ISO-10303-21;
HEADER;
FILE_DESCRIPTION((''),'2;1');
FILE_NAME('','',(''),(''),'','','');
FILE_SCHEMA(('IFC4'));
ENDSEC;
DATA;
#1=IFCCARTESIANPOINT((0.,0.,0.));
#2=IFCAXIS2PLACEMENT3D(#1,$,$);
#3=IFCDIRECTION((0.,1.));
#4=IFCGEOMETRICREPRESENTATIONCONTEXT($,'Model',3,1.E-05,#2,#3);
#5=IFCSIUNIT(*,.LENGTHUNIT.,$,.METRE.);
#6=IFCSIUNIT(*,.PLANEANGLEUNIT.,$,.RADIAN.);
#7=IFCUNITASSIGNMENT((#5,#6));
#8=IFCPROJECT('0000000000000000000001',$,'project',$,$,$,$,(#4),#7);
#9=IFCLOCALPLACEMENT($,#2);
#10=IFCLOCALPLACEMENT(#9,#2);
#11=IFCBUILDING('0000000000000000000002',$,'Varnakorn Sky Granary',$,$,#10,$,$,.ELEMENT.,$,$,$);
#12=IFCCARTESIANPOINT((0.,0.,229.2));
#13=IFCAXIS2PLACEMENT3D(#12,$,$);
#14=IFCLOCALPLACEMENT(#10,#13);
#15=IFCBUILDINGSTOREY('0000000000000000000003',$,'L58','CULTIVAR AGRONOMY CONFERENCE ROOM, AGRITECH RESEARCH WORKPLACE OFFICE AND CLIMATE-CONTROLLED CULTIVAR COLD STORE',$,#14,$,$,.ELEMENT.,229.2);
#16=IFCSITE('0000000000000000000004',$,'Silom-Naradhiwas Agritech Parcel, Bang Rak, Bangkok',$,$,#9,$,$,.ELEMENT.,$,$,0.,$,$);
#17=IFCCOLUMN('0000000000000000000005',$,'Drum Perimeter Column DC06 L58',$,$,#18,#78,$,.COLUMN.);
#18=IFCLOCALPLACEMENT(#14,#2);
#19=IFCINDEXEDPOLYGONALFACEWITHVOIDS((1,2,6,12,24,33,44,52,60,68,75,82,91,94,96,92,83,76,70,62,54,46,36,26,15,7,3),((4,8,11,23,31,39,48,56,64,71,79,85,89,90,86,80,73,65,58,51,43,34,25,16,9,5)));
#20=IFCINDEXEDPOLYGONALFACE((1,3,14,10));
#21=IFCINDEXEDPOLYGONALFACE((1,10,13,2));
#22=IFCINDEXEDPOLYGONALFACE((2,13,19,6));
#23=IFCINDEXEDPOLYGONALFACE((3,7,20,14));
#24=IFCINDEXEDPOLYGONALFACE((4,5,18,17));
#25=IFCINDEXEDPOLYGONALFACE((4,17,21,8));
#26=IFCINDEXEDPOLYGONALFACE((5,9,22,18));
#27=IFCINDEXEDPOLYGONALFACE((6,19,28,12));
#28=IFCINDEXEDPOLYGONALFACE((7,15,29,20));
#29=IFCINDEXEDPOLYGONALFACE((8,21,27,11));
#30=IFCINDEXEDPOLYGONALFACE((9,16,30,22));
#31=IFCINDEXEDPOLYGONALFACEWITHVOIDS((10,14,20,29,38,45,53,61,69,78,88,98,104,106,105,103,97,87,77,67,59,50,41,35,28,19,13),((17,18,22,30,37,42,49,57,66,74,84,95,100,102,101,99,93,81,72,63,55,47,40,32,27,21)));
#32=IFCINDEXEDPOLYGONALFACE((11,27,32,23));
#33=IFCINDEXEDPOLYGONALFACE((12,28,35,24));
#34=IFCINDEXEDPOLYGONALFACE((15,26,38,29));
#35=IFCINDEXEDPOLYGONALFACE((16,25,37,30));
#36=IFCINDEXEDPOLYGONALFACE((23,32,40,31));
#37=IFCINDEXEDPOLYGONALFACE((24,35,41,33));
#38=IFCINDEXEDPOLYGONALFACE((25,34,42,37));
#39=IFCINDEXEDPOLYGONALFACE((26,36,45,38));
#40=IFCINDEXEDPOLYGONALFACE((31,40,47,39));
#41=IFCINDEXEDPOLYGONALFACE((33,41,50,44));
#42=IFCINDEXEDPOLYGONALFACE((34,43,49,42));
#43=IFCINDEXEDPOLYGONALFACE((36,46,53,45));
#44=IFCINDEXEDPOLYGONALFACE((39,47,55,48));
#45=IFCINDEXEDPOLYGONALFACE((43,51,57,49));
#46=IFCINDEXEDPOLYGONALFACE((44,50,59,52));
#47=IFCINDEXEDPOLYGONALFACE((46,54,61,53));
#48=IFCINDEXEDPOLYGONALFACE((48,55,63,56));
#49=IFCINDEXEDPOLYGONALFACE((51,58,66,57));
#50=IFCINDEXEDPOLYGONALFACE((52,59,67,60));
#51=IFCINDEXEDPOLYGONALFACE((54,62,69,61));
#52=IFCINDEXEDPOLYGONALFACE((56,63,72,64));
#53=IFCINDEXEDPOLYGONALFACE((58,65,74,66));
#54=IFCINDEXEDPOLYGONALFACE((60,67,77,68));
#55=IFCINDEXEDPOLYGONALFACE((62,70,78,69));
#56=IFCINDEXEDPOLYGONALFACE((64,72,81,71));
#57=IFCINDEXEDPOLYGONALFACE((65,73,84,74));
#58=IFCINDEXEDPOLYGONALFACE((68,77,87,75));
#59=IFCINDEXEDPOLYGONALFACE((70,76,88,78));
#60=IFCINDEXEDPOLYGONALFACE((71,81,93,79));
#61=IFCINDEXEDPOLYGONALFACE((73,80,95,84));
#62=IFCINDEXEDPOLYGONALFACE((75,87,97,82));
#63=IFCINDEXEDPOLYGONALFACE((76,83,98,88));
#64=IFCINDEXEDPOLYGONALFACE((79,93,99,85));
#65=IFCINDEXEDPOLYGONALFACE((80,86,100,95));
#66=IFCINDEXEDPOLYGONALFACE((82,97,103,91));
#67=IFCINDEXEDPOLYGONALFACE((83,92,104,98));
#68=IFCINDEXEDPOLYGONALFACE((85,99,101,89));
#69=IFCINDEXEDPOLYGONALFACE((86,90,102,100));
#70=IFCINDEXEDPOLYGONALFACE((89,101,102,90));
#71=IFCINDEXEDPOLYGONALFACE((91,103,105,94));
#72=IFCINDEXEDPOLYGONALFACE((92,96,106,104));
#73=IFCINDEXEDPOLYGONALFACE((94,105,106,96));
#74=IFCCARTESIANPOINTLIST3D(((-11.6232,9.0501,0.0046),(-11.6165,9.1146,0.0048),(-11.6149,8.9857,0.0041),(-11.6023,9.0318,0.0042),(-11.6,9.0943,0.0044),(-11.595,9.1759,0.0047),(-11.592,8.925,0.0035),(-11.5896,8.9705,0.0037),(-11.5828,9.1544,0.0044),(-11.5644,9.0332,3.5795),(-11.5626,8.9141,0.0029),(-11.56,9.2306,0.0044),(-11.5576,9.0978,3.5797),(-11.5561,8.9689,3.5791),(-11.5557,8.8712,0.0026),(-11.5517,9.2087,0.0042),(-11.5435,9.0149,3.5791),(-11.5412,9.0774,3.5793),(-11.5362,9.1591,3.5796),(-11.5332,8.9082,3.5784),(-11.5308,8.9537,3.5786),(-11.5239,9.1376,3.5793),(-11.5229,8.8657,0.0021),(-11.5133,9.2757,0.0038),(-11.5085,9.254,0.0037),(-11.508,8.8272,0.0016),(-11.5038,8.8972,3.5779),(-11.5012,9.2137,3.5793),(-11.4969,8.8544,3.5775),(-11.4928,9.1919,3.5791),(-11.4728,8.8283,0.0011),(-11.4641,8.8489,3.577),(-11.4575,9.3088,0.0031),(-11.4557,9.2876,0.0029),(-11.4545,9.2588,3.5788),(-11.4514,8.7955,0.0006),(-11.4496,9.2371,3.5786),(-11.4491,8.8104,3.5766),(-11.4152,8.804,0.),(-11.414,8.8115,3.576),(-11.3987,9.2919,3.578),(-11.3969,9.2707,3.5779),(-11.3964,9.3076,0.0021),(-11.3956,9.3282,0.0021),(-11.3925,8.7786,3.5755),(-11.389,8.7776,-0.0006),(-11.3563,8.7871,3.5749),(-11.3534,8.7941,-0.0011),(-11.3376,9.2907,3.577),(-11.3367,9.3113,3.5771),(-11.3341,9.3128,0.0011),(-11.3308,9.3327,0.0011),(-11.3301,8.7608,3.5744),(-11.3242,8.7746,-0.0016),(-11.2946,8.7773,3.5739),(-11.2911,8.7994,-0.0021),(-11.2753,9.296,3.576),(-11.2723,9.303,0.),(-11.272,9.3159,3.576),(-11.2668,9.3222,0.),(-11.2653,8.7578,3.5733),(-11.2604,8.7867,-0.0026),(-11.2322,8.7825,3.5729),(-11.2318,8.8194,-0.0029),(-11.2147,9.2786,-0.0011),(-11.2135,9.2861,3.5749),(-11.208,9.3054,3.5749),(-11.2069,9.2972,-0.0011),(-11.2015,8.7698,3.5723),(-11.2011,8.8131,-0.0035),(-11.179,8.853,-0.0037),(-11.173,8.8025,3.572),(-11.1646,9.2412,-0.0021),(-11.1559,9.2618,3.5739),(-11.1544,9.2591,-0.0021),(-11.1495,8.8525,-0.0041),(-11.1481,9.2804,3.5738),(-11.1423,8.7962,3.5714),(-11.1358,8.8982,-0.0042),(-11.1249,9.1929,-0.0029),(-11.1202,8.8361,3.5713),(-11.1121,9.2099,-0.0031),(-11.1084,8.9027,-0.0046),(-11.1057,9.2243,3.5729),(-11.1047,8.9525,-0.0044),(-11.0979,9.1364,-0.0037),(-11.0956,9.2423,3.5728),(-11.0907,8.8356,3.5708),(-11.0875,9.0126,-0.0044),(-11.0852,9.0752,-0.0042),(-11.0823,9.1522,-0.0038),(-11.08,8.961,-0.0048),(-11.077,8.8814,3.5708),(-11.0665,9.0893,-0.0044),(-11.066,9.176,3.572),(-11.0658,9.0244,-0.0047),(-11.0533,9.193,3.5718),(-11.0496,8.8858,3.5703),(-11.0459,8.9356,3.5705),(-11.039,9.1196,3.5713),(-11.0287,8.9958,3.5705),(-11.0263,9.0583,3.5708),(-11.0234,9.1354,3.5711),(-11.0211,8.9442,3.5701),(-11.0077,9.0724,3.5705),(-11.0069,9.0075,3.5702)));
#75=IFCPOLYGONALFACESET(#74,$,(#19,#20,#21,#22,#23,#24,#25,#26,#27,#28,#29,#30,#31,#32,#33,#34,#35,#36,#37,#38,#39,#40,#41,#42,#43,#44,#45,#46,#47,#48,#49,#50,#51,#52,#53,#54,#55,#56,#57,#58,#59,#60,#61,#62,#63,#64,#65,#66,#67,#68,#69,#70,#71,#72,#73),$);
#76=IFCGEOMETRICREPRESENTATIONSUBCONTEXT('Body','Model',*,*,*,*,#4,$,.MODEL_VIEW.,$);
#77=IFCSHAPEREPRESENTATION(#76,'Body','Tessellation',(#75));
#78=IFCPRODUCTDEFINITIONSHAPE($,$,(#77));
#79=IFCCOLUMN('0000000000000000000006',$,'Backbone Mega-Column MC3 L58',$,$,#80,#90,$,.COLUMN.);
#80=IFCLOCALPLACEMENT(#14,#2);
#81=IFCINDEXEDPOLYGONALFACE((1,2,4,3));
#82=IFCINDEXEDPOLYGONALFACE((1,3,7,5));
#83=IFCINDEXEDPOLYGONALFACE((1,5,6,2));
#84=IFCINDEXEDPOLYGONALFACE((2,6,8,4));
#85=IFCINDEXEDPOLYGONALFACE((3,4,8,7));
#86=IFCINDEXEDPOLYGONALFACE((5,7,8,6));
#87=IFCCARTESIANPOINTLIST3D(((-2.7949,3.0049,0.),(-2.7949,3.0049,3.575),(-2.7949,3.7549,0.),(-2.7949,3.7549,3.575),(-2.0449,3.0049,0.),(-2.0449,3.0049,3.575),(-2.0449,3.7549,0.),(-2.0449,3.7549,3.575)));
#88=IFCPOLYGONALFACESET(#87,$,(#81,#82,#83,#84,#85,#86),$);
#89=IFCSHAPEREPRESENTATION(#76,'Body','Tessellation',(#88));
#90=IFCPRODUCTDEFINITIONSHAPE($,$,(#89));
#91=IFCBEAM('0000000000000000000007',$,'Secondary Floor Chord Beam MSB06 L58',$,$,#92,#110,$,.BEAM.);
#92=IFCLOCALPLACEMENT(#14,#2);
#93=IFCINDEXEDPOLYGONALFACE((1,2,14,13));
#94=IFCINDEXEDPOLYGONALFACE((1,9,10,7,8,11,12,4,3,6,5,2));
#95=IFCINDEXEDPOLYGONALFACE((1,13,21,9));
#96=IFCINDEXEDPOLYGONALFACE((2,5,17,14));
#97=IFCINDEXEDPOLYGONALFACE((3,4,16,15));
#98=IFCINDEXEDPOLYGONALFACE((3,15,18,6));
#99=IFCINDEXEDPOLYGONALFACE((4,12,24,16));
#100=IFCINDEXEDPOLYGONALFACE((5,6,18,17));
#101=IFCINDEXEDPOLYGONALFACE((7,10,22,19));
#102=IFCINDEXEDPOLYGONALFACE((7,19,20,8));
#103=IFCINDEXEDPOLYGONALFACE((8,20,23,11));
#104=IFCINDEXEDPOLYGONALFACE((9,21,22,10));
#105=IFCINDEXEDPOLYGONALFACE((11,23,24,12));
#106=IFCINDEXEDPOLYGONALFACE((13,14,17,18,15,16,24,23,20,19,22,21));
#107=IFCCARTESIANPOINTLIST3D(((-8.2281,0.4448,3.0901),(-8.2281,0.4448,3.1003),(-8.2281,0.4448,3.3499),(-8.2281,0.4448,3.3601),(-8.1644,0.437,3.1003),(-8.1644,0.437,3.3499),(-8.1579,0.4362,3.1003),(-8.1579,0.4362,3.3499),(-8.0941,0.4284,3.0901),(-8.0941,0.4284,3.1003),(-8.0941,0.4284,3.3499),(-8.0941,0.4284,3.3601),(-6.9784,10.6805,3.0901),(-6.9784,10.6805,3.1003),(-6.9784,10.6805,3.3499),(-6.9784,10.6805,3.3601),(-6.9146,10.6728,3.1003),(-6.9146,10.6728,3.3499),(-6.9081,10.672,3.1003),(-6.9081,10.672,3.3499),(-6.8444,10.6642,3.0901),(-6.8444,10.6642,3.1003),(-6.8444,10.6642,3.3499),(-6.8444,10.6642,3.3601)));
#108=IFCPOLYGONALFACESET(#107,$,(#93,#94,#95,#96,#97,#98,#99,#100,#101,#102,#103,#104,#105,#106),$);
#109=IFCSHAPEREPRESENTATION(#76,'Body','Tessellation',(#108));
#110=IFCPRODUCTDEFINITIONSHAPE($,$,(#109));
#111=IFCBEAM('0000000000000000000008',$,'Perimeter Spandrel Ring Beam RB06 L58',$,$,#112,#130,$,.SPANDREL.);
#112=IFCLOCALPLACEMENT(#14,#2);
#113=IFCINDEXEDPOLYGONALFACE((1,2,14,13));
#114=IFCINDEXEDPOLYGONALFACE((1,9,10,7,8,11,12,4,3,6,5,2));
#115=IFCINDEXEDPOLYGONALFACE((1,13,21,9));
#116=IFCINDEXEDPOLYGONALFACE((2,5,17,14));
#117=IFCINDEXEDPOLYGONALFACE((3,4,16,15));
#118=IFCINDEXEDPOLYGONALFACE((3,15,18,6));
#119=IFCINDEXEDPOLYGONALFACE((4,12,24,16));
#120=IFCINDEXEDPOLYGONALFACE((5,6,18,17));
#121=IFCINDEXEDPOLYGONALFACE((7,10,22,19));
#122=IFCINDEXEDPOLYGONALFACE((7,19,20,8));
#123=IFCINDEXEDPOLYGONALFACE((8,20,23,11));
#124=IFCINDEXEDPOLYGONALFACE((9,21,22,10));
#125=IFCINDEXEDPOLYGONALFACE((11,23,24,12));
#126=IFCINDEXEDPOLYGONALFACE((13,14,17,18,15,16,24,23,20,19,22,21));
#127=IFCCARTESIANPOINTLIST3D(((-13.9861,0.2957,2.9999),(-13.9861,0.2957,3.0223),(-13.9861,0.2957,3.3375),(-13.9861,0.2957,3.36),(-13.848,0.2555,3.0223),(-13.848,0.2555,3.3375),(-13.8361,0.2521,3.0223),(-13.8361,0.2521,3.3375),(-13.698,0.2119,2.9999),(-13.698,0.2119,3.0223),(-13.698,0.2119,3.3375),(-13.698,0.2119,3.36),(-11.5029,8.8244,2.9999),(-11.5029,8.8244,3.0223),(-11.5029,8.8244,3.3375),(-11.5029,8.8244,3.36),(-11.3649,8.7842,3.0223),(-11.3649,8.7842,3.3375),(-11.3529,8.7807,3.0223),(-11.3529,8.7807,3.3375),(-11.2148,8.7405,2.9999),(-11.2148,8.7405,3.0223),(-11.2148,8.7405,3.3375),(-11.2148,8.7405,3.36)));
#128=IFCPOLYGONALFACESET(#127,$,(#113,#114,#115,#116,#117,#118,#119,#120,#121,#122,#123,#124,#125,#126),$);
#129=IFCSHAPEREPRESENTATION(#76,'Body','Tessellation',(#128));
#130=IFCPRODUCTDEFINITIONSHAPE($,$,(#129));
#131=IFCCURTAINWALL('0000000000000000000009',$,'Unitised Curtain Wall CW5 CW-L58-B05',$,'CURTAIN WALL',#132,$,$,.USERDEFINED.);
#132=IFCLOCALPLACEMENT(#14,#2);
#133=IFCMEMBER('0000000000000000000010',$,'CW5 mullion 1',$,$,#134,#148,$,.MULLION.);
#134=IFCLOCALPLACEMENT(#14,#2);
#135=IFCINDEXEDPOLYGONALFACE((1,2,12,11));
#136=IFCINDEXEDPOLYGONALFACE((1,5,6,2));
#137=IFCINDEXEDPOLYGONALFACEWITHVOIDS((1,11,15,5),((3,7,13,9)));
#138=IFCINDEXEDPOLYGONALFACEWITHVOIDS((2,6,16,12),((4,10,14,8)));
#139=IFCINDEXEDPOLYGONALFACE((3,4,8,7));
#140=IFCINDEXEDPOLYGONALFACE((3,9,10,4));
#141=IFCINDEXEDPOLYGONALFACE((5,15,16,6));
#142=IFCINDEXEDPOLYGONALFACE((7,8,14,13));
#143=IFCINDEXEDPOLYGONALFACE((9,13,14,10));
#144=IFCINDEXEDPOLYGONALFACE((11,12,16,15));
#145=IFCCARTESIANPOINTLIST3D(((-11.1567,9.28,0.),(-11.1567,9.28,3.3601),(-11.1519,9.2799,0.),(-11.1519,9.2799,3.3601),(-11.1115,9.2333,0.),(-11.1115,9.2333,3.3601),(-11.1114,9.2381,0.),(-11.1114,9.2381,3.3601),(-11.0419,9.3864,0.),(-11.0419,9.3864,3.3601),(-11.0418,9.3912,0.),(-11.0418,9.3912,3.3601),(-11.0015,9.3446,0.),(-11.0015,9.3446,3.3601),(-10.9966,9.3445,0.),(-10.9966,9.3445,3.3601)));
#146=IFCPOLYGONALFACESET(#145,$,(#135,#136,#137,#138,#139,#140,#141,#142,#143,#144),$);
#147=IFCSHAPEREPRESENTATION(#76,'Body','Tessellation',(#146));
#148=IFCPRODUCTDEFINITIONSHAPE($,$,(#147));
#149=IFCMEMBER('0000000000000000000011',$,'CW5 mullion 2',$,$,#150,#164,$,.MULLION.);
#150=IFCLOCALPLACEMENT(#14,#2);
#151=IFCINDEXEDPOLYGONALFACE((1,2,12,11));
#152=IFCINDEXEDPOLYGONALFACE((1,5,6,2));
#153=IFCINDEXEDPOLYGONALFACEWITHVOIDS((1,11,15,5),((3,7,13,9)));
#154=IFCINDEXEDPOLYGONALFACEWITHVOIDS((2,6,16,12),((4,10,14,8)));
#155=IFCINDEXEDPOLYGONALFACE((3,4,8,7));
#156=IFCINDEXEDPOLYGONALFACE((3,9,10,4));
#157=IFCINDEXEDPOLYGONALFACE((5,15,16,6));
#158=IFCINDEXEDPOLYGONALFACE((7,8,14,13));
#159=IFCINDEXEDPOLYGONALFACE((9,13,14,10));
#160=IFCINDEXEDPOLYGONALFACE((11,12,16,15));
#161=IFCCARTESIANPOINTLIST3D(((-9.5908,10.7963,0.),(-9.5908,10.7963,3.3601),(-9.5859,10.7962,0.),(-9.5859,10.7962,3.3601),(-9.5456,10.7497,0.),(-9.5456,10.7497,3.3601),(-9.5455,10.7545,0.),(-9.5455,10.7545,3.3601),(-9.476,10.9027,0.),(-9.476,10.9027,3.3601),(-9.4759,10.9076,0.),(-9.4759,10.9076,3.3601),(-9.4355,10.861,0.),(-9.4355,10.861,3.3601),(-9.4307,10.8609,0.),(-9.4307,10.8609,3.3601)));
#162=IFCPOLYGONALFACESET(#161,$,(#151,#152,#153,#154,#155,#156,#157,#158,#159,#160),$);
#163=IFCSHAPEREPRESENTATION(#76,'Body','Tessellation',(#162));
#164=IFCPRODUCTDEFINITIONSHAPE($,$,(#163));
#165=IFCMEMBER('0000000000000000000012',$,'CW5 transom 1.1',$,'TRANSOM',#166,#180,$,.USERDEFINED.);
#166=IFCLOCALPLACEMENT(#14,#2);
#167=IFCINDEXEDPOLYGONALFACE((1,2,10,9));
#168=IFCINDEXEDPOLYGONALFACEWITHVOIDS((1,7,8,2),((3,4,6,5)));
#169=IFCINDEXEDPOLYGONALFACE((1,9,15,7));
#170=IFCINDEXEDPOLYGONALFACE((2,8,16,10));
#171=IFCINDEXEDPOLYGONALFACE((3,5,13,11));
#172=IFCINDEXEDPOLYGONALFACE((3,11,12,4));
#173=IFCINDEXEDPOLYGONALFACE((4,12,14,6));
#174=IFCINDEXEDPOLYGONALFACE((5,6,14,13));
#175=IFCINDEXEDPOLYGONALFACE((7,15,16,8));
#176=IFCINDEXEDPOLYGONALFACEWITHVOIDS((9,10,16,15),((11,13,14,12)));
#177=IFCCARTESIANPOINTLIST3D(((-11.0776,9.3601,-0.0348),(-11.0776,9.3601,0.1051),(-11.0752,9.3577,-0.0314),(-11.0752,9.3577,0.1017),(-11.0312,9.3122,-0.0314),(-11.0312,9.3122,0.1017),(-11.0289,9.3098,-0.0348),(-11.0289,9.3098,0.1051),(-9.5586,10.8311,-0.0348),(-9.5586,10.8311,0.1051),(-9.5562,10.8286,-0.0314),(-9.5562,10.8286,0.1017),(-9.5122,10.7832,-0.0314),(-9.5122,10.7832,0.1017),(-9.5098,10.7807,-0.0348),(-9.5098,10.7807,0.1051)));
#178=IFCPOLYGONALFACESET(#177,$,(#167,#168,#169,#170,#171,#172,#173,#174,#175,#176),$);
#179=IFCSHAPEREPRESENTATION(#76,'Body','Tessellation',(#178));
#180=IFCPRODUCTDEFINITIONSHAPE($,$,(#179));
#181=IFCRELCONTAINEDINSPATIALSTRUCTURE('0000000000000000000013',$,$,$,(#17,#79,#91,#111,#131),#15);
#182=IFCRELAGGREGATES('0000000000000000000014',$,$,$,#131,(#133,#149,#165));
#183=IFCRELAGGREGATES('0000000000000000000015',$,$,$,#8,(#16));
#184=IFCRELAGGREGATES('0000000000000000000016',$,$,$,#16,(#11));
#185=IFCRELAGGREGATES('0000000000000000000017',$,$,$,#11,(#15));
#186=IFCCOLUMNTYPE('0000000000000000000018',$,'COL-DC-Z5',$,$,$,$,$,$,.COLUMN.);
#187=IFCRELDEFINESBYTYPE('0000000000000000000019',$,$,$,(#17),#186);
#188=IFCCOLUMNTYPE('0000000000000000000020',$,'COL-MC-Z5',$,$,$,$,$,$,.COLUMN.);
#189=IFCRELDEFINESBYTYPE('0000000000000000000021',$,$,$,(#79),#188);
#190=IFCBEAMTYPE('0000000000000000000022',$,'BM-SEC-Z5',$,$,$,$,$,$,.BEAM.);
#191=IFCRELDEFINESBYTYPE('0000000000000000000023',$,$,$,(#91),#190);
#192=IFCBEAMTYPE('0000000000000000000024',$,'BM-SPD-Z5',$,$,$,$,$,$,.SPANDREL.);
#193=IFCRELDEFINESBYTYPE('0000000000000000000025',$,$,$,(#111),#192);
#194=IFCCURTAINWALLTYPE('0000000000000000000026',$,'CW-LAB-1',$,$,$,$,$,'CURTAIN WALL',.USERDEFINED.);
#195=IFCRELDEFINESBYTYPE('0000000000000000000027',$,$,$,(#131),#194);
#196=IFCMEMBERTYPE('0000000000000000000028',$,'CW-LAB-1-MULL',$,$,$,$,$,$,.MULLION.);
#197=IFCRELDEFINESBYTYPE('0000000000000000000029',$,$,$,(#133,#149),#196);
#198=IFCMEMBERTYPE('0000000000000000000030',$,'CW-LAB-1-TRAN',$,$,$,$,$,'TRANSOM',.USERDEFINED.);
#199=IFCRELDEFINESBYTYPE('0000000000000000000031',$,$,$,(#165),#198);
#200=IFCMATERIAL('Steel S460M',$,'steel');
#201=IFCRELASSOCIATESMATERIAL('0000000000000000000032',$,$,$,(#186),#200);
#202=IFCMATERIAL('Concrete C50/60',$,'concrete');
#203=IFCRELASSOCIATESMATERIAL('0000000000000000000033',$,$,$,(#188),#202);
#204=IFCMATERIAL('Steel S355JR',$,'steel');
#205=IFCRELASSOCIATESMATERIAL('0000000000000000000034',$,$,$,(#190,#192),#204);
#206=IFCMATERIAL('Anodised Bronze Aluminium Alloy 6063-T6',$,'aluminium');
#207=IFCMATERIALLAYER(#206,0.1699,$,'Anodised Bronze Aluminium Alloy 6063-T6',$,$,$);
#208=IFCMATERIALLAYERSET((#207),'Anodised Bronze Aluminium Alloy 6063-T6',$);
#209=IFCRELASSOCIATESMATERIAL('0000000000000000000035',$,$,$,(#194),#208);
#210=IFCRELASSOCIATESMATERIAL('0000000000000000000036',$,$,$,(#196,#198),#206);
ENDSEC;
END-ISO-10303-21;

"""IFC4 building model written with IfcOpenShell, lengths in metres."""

from ifc_helpers import new_model, si_unit, direction, frame, origin, origin_2d, place, context, subcontext, project, spatial, rectangle, hollow_rectangle, hollow_circle, i_section, extrude, material, layer, layer_set, material_profile, profile_set, type_object, element, aggregate, save


model = new_model("IFC4")

# Units and contexts
model_context = context("Model", 3, precision=1e-05, world=origin(), true_north=direction((0.0, 1.0)))
body_context = subcontext(model_context, "Body", "Model", "MODEL_VIEW")
ifc_project = project(units=[si_unit("LENGTHUNIT", "METRE"), si_unit("PLANEANGLEUNIT", "RADIAN")], contexts=[model_context])

# Site, building, storey
site_placement = place(None, origin())
site = spatial("IfcSite", under=ifc_project, at=site_placement, Name="Silom-Naradhiwas Agritech Parcel, Bang Rak, Bangkok", CompositionType="ELEMENT", RefElevation=0.0)
building_placement = place(site_placement, origin())
building = spatial("IfcBuilding", under=site, at=building_placement, Name="Varnakorn Sky Granary", CompositionType="ELEMENT")
storey_placement = place(building_placement, frame((0.0, 0.0, 229.2)))
storey = spatial("IfcBuildingStorey", under=building, at=storey_placement, Name="L58", Description="CULTIVAR AGRONOMY CONFERENCE ROOM, AGRITECH RESEARCH WORKPLACE OFFICE AND CLIMATE-CONTROLLED CULTIVAR COLD STORE", CompositionType="ELEMENT", Elevation=229.2)

# Columns
ifc_material_1 = material(Name="Steel S460M", Category="steel")
ifc_material_profile_1 = material_profile(ifc_material_1, hollow_circle(Radius=0.2795, WallThickness=0.02, at=origin_2d()), Name="CHS 559x20")
ifc_profile_set_1 = profile_set([ifc_material_profile_1], Name="Steel S460M")
column_type_1 = type_object("IfcColumnType", Name="COL-DC-Z5", PredefinedType="COLUMN", material=ifc_profile_set_1)
column_1_placement = place(storey_placement, frame((-11.3438, 9.0535, 0.0), z_axis=(0.016456, -0.004711, 0.999853), x_axis=(0.275248, 0.961373, 0.0)))
element("IfcColumn", 1, at=column_1_placement, inside=storey, type_object=column_type_1, Name="Drum Perimeter Column DC06 L58", PredefinedType="COLUMN", context=body_context, shape_type="SweptSolid", body=[
    extrude(hollow_circle(Radius=0.2795, WallThickness=0.02, at=origin_2d()), origin(), (0.0, 0.0, 1.0), 3.5754),
])
ifc_material_2 = material(Name="Concrete C50/60", Category="concrete")
ifc_material_profile_2 = material_profile(ifc_material_2, rectangle(XDim=0.75, YDim=0.75, at=origin_2d()), Name="RC 750x750")
ifc_profile_set_2 = profile_set([ifc_material_profile_2], Name="Concrete C50/60")
column_type_2 = type_object("IfcColumnType", Name="COL-MC-Z5", PredefinedType="COLUMN", material=ifc_profile_set_2)
column_2_placement = place(storey_placement, frame((-2.4199, 3.3799, 0.0), z_axis=(0.0, 0.0, 1.0), x_axis=(1.0, 0.0, 0.0)))
element("IfcColumn", 2, at=column_2_placement, inside=storey, type_object=column_type_2, Name="Backbone Mega-Column MC3 L58", PredefinedType="COLUMN", context=body_context, shape_type="SweptSolid", body=[
    extrude(rectangle(XDim=0.75, YDim=0.75, at=origin_2d()), origin(), (0.0, 0.0, 1.0), 3.575),
])

# Beams
ifc_material_3 = material(Name="Steel S355JR", Category="steel")
ifc_material_profile_3 = material_profile(ifc_material_3, i_section(OverallWidth=0.135, OverallDepth=0.27, WebThickness=0.0066, FlangeThickness=0.0103, at=origin_2d()), Name="IPE 270")
ifc_profile_set_3 = profile_set([ifc_material_profile_3], Name="Steel S355JR")
beam_type_1 = type_object("IfcBeamType", Name="BM-SEC-Z5", PredefinedType="BEAM", material=ifc_profile_set_3)
beam_1_placement = place(storey_placement, frame((-6.9114, 10.6724, 3.2251), z_axis=(-0.121196, -0.992629, 0.0), x_axis=(0.992629, -0.121196, 0.0)))
element("IfcBeam", 3, at=beam_1_placement, inside=storey, type_object=beam_type_1, Name="Secondary Floor Chord Beam MSB06 L58", PredefinedType="BEAM", context=body_context, shape_type="SweptSolid", body=[
    extrude(i_section(OverallWidth=0.135, OverallDepth=0.27, WebThickness=0.0066, FlangeThickness=0.0103, at=origin_2d()), origin(), (0.0, 0.0, 1.0), 10.3118),
])
ifc_material_profile_4 = material_profile(ifc_material_3, i_section(OverallWidth=0.3, OverallDepth=0.3601, WebThickness=0.0125, FlangeThickness=0.0225, at=origin_2d()), Name="HE 360 B")
ifc_profile_set_4 = profile_set([ifc_material_profile_4], Name="Steel S355JR")
beam_type_2 = type_object("IfcBeamType", Name="BM-SPD-Z5", PredefinedType="SPANDREL", material=ifc_profile_set_4)
beam_2_placement = place(storey_placement, frame((-11.3589, 8.7825, 3.1799), z_axis=(-0.279549, -0.960131, 0.0), x_axis=(0.960131, -0.279549, 0.0)))
element("IfcBeam", 4, at=beam_2_placement, inside=storey, type_object=beam_type_2, Name="Perimeter Spandrel Ring Beam RB06 L58", PredefinedType="SPANDREL", context=body_context, shape_type="SweptSolid", body=[
    extrude(i_section(OverallWidth=0.3, OverallDepth=0.3601, WebThickness=0.0125, FlangeThickness=0.0225, at=origin_2d()), origin(), (0.0, 0.0, 1.0), 8.8828),
])

# Curtain wall, members
ifc_material_4 = material(Name="Anodised Bronze Aluminium Alloy 6063-T6", Category="aluminium")
ifc_layer_1 = layer(ifc_material_4, 0.1699, Name="Anodised Bronze Aluminium Alloy 6063-T6")
ifc_layer_set_1 = layer_set([ifc_layer_1], Name="Anodised Bronze Aluminium Alloy 6063-T6")
curtain_wall_type = type_object("IfcCurtainWallType", Name="CW-LAB-1", ElementType="CURTAIN WALL", PredefinedType="USERDEFINED", material=ifc_layer_set_1)
curtain_wall_placement = place(storey_placement, origin())
curtain_wall = element("IfcCurtainWall", 5, at=curtain_wall_placement, inside=storey, type_object=curtain_wall_type, Name="Unitised Curtain Wall CW5 CW-L58-B05", ObjectType="CURTAIN WALL", PredefinedType="USERDEFINED")
ifc_material_profile_5 = material_profile(ifc_material_4, hollow_rectangle(XDim=0.0649, YDim=0.1599, WallThickness=0.0034, at=origin_2d()), Name="ALU MULL 65x160")
ifc_profile_set_5 = profile_set([ifc_material_profile_5], Name="Anodised Bronze Aluminium Alloy 6063-T6")
member_type_1 = type_object("IfcMemberType", Name="CW-LAB-1-MULL", PredefinedType="MULLION", material=ifc_profile_set_5)
member_1_placement = place(storey_placement, frame((-11.0767, 9.3123, 0.0), z_axis=(0.0, 0.0, 1.0), x_axis=(-0.69564, 0.71839, 0.0)))
member_1 = element("IfcMember", 6, at=member_1_placement, type_object=member_type_1, Name="CW5 mullion 1", PredefinedType="MULLION", context=body_context, shape_type="SweptSolid", body=[
    extrude(hollow_rectangle(XDim=0.0649, YDim=0.1599, WallThickness=0.0034, at=origin_2d()), origin(), (0.0, 0.0, 1.0), 3.3601),
])
member_2_placement = place(storey_placement, frame((-9.5107, 10.8286, 0.0), z_axis=(0.0, 0.0, 1.0), x_axis=(-0.69564, 0.71839, 0.0)))
member_2 = element("IfcMember", 7, at=member_2_placement, type_object=member_type_1, Name="CW5 mullion 2", PredefinedType="MULLION", context=body_context, shape_type="SweptSolid", body=[
    extrude(hollow_rectangle(XDim=0.0649, YDim=0.1599, WallThickness=0.0034, at=origin_2d()), origin(), (0.0, 0.0, 1.0), 3.3601),
])
ifc_material_profile_6 = material_profile(ifc_material_4, hollow_rectangle(XDim=0.0701, YDim=0.1399, WallThickness=0.0034, at=origin_2d()), Name="ALU TRAN 70x140")
ifc_profile_set_6 = profile_set([ifc_material_profile_6], Name="Anodised Bronze Aluminium Alloy 6063-T6")
member_type_2 = type_object("IfcMemberType", Name="CW-LAB-1-TRAN", ElementType="TRANSOM", PredefinedType="USERDEFINED", material=ifc_profile_set_6)
member_3_placement = place(storey_placement, frame((-11.0532, 9.335, 0.0352), z_axis=(0.718388, 0.695643, 0.0), x_axis=(-0.695643, 0.718388, 0.0)))
member_3 = element("IfcMember", 8, at=member_3_placement, type_object=member_type_2, Name="CW5 transom 1.1", ObjectType="TRANSOM", PredefinedType="USERDEFINED", context=body_context, shape_type="SweptSolid", body=[
    extrude(hollow_rectangle(XDim=0.0701, YDim=0.1399, WallThickness=0.0034, at=origin_2d()), origin(), (0.0, 0.0, 1.0), 2.1145),
])

aggregate(curtain_wall, [member_1, member_2, member_3])

save(model, "model.ifc")
